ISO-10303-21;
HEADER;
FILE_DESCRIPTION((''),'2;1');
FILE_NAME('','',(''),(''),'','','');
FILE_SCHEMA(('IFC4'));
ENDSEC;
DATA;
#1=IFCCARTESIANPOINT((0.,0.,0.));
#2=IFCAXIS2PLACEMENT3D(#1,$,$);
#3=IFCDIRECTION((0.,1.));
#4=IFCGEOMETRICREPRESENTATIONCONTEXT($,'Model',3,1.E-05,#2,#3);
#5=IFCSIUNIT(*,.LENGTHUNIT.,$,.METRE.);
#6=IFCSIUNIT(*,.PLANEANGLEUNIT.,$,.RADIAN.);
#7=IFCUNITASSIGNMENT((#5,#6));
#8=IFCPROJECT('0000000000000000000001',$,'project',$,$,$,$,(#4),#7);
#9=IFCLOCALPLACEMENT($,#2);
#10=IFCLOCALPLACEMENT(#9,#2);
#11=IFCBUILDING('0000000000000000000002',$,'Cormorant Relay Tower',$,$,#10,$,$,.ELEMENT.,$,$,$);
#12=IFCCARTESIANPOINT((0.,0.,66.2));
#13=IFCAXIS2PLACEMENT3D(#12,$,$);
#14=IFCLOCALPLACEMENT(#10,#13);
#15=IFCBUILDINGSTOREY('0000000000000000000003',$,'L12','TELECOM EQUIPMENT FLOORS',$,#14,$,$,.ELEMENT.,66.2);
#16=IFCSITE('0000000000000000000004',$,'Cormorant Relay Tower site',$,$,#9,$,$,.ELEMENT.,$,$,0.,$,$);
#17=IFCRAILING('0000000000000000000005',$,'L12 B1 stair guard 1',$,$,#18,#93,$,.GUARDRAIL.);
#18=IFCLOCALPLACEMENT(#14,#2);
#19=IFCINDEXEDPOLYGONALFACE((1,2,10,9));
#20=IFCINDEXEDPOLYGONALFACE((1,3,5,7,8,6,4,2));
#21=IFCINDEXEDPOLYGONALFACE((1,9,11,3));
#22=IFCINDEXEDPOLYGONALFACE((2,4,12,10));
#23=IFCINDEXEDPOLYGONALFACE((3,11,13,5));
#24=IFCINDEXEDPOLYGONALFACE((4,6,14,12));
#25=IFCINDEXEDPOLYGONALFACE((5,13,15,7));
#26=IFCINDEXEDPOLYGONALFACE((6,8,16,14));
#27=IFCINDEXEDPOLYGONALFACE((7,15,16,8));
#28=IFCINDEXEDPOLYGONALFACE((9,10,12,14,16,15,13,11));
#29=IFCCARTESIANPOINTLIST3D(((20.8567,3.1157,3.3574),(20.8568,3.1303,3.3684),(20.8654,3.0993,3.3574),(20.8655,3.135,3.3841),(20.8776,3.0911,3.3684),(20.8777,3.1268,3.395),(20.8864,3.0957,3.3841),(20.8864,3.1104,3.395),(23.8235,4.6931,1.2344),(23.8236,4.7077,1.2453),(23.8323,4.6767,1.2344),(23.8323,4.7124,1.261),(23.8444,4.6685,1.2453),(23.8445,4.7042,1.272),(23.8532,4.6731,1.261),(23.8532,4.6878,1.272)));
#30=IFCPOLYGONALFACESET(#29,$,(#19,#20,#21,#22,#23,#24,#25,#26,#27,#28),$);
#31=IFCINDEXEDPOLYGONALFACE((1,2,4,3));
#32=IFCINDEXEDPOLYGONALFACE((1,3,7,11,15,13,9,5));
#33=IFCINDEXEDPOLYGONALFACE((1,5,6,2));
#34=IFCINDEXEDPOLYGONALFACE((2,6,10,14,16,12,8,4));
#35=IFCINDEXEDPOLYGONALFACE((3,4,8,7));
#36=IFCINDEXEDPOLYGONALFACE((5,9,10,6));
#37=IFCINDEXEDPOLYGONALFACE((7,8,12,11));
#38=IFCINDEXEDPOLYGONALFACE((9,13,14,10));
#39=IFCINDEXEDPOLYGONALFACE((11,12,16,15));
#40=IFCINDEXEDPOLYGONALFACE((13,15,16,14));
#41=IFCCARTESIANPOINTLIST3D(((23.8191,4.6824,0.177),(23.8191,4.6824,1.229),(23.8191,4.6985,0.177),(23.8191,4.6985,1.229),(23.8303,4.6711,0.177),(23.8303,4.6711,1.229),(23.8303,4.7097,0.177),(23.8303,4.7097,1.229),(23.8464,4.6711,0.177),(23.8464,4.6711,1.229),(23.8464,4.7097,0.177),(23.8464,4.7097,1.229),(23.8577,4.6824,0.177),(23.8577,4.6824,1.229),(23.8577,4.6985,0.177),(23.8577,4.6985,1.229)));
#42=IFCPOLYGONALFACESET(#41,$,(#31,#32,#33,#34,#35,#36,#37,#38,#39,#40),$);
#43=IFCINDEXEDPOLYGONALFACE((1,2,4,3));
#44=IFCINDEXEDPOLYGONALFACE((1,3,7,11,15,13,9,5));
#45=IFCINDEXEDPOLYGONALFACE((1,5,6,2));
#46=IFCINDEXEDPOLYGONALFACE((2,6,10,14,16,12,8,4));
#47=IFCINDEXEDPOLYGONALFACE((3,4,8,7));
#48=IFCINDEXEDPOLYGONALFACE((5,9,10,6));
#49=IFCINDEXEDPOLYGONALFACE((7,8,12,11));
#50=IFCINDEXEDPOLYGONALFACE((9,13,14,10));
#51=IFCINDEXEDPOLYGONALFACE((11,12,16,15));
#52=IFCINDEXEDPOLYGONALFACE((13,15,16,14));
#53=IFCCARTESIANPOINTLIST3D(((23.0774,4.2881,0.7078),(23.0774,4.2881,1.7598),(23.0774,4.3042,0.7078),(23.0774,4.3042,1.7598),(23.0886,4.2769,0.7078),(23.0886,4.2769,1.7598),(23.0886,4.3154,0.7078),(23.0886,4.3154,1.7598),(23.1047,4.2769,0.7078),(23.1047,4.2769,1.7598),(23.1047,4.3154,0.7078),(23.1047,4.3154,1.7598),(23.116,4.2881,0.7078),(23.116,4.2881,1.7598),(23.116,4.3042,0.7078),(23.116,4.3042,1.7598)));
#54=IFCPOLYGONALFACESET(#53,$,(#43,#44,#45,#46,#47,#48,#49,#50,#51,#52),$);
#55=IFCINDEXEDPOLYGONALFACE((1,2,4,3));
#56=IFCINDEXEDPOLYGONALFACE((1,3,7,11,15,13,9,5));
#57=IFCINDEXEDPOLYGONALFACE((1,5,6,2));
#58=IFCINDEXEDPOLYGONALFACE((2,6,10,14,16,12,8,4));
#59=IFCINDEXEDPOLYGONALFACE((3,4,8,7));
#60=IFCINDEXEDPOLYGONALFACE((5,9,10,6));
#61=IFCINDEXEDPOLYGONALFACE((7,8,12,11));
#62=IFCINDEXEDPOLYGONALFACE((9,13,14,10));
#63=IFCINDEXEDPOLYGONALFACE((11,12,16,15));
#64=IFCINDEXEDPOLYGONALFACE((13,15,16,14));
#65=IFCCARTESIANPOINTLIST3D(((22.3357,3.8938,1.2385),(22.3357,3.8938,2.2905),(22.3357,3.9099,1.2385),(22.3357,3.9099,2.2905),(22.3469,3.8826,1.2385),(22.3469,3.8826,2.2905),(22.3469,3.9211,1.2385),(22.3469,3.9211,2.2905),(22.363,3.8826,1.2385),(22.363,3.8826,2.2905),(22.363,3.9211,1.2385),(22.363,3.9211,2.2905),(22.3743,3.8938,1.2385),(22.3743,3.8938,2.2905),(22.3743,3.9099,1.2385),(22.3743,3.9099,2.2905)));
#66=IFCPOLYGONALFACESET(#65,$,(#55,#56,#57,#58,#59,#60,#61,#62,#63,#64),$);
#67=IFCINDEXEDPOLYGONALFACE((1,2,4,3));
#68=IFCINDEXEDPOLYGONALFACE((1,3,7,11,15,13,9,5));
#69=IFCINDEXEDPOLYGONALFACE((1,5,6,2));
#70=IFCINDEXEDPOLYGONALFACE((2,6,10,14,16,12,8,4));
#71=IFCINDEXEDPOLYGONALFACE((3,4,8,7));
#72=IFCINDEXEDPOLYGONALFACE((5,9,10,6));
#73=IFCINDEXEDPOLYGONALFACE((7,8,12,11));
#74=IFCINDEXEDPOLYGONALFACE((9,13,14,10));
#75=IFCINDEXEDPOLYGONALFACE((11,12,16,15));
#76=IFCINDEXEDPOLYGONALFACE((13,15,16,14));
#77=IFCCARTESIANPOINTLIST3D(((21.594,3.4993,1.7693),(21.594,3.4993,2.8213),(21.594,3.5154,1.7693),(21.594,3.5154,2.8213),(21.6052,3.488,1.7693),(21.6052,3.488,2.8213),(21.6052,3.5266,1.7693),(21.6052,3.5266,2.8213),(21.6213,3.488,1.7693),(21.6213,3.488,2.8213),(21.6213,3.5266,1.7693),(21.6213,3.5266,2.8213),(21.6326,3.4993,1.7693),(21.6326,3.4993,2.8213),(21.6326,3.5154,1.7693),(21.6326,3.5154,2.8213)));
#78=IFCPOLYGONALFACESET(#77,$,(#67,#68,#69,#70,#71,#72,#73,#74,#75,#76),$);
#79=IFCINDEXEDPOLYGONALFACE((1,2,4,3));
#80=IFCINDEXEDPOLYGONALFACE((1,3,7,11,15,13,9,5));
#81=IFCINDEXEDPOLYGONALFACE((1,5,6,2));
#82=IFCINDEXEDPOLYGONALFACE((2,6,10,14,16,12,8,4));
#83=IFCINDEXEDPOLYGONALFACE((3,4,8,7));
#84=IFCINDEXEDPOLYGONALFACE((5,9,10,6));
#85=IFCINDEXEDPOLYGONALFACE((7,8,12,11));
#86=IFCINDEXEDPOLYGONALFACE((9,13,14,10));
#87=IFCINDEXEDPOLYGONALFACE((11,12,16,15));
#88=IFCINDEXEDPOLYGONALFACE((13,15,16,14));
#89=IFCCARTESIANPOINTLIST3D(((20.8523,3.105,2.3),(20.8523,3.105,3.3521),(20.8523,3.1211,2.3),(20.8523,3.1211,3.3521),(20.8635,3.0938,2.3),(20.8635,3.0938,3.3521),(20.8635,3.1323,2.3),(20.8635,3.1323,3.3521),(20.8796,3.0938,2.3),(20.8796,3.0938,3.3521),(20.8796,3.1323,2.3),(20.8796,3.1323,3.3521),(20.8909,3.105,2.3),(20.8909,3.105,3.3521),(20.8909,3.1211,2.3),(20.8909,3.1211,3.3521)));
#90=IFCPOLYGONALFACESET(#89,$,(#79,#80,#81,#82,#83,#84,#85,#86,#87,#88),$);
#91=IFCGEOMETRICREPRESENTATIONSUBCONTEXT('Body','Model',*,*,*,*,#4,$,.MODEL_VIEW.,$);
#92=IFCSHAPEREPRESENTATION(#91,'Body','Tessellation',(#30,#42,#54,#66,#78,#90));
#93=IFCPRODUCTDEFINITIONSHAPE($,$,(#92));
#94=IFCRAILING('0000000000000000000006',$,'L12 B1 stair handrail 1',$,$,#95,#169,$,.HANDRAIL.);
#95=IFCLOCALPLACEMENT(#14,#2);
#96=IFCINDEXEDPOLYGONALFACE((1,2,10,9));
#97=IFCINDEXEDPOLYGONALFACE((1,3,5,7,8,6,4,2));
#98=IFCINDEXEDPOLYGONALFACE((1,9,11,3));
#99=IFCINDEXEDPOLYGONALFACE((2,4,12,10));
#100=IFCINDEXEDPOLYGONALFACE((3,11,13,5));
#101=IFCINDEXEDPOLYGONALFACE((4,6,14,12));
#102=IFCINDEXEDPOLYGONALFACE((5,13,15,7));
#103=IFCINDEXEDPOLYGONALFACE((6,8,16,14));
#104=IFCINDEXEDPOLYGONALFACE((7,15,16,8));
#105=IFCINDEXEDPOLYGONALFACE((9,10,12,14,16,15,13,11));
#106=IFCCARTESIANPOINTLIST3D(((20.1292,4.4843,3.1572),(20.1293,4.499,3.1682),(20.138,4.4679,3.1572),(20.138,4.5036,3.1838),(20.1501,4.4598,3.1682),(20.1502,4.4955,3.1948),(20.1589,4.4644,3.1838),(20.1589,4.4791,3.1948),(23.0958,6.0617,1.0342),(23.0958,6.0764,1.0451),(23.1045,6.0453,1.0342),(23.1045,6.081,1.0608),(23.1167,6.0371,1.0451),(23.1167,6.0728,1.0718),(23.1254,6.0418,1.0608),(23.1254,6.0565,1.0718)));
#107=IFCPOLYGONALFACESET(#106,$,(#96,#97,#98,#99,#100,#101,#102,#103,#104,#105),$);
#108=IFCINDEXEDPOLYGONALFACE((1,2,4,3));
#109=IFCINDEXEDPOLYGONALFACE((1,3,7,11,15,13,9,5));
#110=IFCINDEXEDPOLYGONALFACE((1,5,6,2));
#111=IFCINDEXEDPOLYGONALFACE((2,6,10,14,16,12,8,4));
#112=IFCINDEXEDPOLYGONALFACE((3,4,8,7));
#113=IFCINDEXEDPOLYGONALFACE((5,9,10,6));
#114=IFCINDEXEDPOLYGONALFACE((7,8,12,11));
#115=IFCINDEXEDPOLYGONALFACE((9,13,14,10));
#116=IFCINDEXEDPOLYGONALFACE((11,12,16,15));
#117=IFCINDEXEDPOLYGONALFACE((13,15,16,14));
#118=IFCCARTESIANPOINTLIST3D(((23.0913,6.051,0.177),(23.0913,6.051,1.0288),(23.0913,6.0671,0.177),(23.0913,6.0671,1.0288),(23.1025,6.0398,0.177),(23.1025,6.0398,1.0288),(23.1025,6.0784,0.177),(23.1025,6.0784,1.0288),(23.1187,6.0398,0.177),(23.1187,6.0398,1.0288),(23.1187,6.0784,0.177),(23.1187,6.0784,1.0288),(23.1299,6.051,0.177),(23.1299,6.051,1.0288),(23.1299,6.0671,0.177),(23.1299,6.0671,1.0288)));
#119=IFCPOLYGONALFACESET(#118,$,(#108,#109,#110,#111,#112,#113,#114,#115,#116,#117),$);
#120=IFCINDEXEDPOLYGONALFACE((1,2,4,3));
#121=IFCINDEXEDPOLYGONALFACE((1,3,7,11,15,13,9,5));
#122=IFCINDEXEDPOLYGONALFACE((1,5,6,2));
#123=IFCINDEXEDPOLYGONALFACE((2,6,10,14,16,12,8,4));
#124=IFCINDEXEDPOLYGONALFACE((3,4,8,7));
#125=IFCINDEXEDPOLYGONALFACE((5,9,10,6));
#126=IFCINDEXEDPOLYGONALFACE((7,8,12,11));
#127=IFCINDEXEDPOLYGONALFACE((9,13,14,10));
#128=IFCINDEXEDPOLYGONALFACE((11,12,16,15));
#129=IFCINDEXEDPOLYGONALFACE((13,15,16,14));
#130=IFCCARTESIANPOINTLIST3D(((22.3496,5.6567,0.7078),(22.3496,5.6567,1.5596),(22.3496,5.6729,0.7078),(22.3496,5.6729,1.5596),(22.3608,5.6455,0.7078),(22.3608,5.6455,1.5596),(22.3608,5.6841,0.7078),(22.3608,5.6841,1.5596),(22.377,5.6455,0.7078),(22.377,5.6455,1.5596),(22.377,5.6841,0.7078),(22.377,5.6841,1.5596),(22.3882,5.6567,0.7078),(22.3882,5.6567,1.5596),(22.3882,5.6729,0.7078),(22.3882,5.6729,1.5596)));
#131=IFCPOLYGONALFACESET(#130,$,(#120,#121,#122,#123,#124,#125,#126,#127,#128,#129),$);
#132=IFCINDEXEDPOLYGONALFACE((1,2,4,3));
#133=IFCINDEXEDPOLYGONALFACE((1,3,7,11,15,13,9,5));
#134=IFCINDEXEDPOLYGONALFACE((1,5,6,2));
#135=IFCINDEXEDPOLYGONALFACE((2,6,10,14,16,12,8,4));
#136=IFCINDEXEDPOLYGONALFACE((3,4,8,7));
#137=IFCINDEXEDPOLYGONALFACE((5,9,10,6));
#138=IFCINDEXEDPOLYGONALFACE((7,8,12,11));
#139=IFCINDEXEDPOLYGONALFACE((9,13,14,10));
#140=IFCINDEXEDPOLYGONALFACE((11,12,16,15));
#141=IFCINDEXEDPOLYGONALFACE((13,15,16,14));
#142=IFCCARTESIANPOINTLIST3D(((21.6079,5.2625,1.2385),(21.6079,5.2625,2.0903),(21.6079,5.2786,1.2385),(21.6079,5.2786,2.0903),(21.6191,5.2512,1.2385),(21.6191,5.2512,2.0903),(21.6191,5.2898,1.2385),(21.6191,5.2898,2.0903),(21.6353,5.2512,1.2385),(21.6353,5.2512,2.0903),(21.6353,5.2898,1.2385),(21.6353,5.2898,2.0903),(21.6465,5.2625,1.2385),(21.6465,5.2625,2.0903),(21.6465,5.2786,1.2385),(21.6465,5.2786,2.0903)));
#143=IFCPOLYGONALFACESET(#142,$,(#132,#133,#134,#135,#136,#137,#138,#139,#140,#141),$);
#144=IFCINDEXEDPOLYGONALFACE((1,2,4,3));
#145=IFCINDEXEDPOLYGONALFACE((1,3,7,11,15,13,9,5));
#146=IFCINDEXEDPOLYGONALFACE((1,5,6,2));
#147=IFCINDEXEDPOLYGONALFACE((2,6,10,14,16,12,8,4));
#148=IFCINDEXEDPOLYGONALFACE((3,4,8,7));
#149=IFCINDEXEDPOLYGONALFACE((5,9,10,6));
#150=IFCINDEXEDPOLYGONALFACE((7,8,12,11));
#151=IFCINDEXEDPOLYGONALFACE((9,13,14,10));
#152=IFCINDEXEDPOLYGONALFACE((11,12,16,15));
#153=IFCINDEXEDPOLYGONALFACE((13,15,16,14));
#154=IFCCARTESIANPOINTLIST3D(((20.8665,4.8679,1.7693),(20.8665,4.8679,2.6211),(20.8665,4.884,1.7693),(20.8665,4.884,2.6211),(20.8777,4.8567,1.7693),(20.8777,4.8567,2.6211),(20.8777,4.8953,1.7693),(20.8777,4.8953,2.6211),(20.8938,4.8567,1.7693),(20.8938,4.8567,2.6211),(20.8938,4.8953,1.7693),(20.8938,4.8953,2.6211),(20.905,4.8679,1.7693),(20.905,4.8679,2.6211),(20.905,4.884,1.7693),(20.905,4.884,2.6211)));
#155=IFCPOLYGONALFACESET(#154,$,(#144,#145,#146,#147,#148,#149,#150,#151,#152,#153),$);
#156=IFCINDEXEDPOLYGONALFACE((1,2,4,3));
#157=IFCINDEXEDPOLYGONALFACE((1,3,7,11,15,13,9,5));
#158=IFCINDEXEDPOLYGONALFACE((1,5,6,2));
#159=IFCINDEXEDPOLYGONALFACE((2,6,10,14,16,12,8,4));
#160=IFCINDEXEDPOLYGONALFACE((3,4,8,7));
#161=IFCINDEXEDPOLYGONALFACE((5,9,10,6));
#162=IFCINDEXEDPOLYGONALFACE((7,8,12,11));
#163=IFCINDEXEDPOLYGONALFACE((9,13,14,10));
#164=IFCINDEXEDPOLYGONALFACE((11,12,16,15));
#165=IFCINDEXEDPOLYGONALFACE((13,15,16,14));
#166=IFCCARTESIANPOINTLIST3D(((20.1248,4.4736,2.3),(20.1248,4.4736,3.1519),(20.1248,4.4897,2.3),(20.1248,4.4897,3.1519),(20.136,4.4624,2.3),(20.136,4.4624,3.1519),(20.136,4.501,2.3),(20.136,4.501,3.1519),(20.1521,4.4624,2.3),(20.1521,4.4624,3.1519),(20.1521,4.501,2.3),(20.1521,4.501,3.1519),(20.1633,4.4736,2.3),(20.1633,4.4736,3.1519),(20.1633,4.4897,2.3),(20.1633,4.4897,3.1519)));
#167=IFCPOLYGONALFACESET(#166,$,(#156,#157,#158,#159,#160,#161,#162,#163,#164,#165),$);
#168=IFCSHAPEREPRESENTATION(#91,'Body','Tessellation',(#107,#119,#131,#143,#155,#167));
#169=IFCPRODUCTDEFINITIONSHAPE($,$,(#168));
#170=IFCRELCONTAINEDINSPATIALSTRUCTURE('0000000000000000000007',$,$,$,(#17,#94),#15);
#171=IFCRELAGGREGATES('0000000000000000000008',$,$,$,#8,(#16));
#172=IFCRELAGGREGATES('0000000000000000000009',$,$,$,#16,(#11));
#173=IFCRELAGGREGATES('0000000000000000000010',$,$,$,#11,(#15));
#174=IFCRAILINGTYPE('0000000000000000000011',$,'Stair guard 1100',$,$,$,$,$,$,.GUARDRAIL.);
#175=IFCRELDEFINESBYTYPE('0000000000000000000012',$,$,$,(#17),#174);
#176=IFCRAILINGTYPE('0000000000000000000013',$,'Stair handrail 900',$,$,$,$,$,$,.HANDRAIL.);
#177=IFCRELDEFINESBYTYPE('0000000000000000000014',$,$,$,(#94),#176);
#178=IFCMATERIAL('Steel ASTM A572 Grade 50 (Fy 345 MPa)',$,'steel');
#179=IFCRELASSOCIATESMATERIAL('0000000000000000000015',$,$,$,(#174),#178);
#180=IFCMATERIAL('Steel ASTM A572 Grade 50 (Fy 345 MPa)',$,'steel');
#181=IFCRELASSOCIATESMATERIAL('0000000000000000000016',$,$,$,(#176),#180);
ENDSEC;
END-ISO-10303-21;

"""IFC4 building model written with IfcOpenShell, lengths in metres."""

from ifc_helpers import new_model, si_unit, direction, frame, origin, place, context, subcontext, project, spatial, polyline, outline, extrude, material, type_object, element, save


model = new_model("IFC4")

# Units and contexts
model_context = context("Model", 3, precision=1e-05, world=origin(), true_north=direction((0.0, 1.0)))
body_context = subcontext(model_context, "Body", "Model", "MODEL_VIEW")
ifc_project = project(units=[si_unit("LENGTHUNIT", "METRE"), si_unit("PLANEANGLEUNIT", "RADIAN")], contexts=[model_context])

# Site, building, storey
site_placement = place(None, origin())
site = spatial("IfcSite", under=ifc_project, at=site_placement, Name="Cormorant Relay Tower site", CompositionType="ELEMENT", RefElevation=0.0)
building_placement = place(site_placement, origin())
building = spatial("IfcBuilding", under=site, at=building_placement, Name="Cormorant Relay Tower", CompositionType="ELEMENT")
storey_placement = place(building_placement, frame((0.0, 0.0, 66.2)))
storey = spatial("IfcBuildingStorey", under=building, at=storey_placement, Name="L12", Description="TELECOM EQUIPMENT FLOORS", CompositionType="ELEMENT", Elevation=66.2)

# Railings
ifc_material_1 = material(Name="Steel ASTM A572 Grade 50 (Fy 345 MPa)", Category="steel")
railing_type_1 = type_object("IfcRailingType", Name="Stair guard 1100", PredefinedType="GUARDRAIL", material=ifc_material_1)
railing_1_placement = place(storey_placement, frame((23.8384, 4.6904, 0.177)))
element("IfcRailing", 1, at=railing_1_placement, inside=storey, type_object=railing_type_1, Name="L12 B1 stair guard 1", PredefinedType="GUARDRAIL", context=body_context, shape_type="SweptSolid", body=[
    extrude(outline(polyline([(0.0222, 0.0093), (0.0093, 0.0222), (-0.0093, 0.0222), (-0.0222, 0.0093), (-0.0222, -0.0093), (-0.0093, -0.0222), (0.0093, -0.0222), (0.0222, -0.0093), (0.0222, 0.0093)])), frame((0.0, 0.0, 1.0762), z_axis=(-0.746441, -0.396869, 0.534155), x_axis=(0.469453, -0.882958, 0.0)), (0.0, 0.0, 1.0), 3.9746),
    extrude(outline(polyline([(0.0193, 0.0081), (0.0081, 0.0193), (-0.0081, 0.0193), (-0.0193, 0.0081), (-0.0193, -0.0081), (-0.0081, -0.0193), (0.0081, -0.0193), (0.0193, -0.0081), (0.0193, 0.0081)])), origin(), (0.0, 0.0, 1.0), 1.052),
    extrude(outline(polyline([(0.0193, 0.0081), (0.0081, 0.0193), (-0.0081, 0.0193), (-0.0193, 0.0081), (-0.0193, -0.0081), (-0.0081, -0.0193), (0.0081, -0.0193), (0.0193, -0.0081), (0.0193, 0.0081)])), frame((-0.7417, -0.3943, 0.5308)), (0.0, 0.0, 1.0), 1.052),
    extrude(outline(polyline([(0.0193, 0.0081), (0.0081, 0.0193), (-0.0081, 0.0193), (-0.0193, 0.0081), (-0.0193, -0.0081), (-0.0081, -0.0193), (0.0081, -0.0193), (0.0193, -0.0081), (0.0193, 0.0081)])), frame((-1.4834, -0.7886, 1.0615)), (0.0, 0.0, 1.0), 1.052),
    extrude(outline(polyline([(0.0193, 0.0081), (0.0081, 0.0193), (-0.0081, 0.0193), (-0.0193, 0.0081), (-0.0193, -0.0081), (-0.0081, -0.0193), (0.0081, -0.0193), (0.0193, -0.0081), (0.0193, 0.0081)])), frame((-2.2251, -1.1831, 1.5923)), (0.0, 0.0, 1.0), 1.052),
    extrude(outline(polyline([(0.0193, 0.0081), (0.0081, 0.0193), (-0.0081, 0.0193), (-0.0193, 0.0081), (-0.0193, -0.0081), (-0.0081, -0.0193), (0.0081, -0.0193), (0.0193, -0.0081), (0.0193, 0.0081)])), frame((-2.9668, -1.5774, 2.123)), (0.0, 0.0, 1.0), 1.052),
])
ifc_material_2 = material(Name="Steel ASTM A572 Grade 50 (Fy 345 MPa)", Category="steel")
railing_type_2 = type_object("IfcRailingType", Name="Stair handrail 900", PredefinedType="HANDRAIL", material=ifc_material_2)
railing_2_placement = place(storey_placement, frame((23.1106, 6.0591, 0.177)))
element("IfcRailing", 2, at=railing_2_placement, inside=storey, type_object=railing_type_2, Name="L12 B1 stair handrail 1", PredefinedType="HANDRAIL", context=body_context, shape_type="SweptSolid", body=[
    extrude(outline(polyline([(0.0222, 0.0093), (0.0093, 0.0222), (-0.0093, 0.0222), (-0.0222, 0.0093), (-0.0222, -0.0093), (-0.0093, -0.0222), (0.0093, -0.0222), (0.0222, -0.0093), (0.0222, 0.0093)])), frame((0.0, 0.0, 0.876), z_axis=(-0.746413, -0.396887, 0.534179), x_axis=(0.469483, -0.882942, 0.0)), (0.0, 0.0, 1.0), 3.9744),
    extrude(outline(polyline([(0.0193, 0.0081), (0.0081, 0.0193), (-0.0081, 0.0193), (-0.0193, 0.0081), (-0.0193, -0.0081), (-0.0081, -0.0193), (0.0081, -0.0193), (0.0193, -0.0081), (0.0193, 0.0081)])), origin(), (0.0, 0.0, 1.0), 0.8518),
    extrude(outline(polyline([(0.0193, 0.0081), (0.0081, 0.0193), (-0.0081, 0.0193), (-0.0193, 0.0081), (-0.0193, -0.0081), (-0.0081, -0.0193), (0.0081, -0.0193), (0.0193, -0.0081), (0.0193, 0.0081)])), frame((-0.7417, -0.3943, 0.5308)), (0.0, 0.0, 1.0), 0.8518),
    extrude(outline(polyline([(0.0193, 0.0081), (0.0081, 0.0193), (-0.0081, 0.0193), (-0.0193, 0.0081), (-0.0193, -0.0081), (-0.0081, -0.0193), (0.0081, -0.0193), (0.0193, -0.0081), (0.0193, 0.0081)])), frame((-1.4834, -0.7886, 1.0615)), (0.0, 0.0, 1.0), 0.8518),
    extrude(outline(polyline([(0.0193, 0.0081), (0.0081, 0.0193), (-0.0081, 0.0193), (-0.0193, 0.0081), (-0.0193, -0.0081), (-0.0081, -0.0193), (0.0081, -0.0193), (0.0193, -0.0081), (0.0193, 0.0081)])), frame((-2.2249, -1.1831, 1.5923)), (0.0, 0.0, 1.0), 0.8518),
    extrude(outline(polyline([(0.0193, 0.0081), (0.0081, 0.0193), (-0.0081, 0.0193), (-0.0193, 0.0081), (-0.0193, -0.0081), (-0.0081, -0.0193), (0.0081, -0.0193), (0.0193, -0.0081), (0.0193, 0.0081)])), frame((-2.9666, -1.5774, 2.123)), (0.0, 0.0, 1.0), 0.8518),
])

save(model, "model.ifc")
